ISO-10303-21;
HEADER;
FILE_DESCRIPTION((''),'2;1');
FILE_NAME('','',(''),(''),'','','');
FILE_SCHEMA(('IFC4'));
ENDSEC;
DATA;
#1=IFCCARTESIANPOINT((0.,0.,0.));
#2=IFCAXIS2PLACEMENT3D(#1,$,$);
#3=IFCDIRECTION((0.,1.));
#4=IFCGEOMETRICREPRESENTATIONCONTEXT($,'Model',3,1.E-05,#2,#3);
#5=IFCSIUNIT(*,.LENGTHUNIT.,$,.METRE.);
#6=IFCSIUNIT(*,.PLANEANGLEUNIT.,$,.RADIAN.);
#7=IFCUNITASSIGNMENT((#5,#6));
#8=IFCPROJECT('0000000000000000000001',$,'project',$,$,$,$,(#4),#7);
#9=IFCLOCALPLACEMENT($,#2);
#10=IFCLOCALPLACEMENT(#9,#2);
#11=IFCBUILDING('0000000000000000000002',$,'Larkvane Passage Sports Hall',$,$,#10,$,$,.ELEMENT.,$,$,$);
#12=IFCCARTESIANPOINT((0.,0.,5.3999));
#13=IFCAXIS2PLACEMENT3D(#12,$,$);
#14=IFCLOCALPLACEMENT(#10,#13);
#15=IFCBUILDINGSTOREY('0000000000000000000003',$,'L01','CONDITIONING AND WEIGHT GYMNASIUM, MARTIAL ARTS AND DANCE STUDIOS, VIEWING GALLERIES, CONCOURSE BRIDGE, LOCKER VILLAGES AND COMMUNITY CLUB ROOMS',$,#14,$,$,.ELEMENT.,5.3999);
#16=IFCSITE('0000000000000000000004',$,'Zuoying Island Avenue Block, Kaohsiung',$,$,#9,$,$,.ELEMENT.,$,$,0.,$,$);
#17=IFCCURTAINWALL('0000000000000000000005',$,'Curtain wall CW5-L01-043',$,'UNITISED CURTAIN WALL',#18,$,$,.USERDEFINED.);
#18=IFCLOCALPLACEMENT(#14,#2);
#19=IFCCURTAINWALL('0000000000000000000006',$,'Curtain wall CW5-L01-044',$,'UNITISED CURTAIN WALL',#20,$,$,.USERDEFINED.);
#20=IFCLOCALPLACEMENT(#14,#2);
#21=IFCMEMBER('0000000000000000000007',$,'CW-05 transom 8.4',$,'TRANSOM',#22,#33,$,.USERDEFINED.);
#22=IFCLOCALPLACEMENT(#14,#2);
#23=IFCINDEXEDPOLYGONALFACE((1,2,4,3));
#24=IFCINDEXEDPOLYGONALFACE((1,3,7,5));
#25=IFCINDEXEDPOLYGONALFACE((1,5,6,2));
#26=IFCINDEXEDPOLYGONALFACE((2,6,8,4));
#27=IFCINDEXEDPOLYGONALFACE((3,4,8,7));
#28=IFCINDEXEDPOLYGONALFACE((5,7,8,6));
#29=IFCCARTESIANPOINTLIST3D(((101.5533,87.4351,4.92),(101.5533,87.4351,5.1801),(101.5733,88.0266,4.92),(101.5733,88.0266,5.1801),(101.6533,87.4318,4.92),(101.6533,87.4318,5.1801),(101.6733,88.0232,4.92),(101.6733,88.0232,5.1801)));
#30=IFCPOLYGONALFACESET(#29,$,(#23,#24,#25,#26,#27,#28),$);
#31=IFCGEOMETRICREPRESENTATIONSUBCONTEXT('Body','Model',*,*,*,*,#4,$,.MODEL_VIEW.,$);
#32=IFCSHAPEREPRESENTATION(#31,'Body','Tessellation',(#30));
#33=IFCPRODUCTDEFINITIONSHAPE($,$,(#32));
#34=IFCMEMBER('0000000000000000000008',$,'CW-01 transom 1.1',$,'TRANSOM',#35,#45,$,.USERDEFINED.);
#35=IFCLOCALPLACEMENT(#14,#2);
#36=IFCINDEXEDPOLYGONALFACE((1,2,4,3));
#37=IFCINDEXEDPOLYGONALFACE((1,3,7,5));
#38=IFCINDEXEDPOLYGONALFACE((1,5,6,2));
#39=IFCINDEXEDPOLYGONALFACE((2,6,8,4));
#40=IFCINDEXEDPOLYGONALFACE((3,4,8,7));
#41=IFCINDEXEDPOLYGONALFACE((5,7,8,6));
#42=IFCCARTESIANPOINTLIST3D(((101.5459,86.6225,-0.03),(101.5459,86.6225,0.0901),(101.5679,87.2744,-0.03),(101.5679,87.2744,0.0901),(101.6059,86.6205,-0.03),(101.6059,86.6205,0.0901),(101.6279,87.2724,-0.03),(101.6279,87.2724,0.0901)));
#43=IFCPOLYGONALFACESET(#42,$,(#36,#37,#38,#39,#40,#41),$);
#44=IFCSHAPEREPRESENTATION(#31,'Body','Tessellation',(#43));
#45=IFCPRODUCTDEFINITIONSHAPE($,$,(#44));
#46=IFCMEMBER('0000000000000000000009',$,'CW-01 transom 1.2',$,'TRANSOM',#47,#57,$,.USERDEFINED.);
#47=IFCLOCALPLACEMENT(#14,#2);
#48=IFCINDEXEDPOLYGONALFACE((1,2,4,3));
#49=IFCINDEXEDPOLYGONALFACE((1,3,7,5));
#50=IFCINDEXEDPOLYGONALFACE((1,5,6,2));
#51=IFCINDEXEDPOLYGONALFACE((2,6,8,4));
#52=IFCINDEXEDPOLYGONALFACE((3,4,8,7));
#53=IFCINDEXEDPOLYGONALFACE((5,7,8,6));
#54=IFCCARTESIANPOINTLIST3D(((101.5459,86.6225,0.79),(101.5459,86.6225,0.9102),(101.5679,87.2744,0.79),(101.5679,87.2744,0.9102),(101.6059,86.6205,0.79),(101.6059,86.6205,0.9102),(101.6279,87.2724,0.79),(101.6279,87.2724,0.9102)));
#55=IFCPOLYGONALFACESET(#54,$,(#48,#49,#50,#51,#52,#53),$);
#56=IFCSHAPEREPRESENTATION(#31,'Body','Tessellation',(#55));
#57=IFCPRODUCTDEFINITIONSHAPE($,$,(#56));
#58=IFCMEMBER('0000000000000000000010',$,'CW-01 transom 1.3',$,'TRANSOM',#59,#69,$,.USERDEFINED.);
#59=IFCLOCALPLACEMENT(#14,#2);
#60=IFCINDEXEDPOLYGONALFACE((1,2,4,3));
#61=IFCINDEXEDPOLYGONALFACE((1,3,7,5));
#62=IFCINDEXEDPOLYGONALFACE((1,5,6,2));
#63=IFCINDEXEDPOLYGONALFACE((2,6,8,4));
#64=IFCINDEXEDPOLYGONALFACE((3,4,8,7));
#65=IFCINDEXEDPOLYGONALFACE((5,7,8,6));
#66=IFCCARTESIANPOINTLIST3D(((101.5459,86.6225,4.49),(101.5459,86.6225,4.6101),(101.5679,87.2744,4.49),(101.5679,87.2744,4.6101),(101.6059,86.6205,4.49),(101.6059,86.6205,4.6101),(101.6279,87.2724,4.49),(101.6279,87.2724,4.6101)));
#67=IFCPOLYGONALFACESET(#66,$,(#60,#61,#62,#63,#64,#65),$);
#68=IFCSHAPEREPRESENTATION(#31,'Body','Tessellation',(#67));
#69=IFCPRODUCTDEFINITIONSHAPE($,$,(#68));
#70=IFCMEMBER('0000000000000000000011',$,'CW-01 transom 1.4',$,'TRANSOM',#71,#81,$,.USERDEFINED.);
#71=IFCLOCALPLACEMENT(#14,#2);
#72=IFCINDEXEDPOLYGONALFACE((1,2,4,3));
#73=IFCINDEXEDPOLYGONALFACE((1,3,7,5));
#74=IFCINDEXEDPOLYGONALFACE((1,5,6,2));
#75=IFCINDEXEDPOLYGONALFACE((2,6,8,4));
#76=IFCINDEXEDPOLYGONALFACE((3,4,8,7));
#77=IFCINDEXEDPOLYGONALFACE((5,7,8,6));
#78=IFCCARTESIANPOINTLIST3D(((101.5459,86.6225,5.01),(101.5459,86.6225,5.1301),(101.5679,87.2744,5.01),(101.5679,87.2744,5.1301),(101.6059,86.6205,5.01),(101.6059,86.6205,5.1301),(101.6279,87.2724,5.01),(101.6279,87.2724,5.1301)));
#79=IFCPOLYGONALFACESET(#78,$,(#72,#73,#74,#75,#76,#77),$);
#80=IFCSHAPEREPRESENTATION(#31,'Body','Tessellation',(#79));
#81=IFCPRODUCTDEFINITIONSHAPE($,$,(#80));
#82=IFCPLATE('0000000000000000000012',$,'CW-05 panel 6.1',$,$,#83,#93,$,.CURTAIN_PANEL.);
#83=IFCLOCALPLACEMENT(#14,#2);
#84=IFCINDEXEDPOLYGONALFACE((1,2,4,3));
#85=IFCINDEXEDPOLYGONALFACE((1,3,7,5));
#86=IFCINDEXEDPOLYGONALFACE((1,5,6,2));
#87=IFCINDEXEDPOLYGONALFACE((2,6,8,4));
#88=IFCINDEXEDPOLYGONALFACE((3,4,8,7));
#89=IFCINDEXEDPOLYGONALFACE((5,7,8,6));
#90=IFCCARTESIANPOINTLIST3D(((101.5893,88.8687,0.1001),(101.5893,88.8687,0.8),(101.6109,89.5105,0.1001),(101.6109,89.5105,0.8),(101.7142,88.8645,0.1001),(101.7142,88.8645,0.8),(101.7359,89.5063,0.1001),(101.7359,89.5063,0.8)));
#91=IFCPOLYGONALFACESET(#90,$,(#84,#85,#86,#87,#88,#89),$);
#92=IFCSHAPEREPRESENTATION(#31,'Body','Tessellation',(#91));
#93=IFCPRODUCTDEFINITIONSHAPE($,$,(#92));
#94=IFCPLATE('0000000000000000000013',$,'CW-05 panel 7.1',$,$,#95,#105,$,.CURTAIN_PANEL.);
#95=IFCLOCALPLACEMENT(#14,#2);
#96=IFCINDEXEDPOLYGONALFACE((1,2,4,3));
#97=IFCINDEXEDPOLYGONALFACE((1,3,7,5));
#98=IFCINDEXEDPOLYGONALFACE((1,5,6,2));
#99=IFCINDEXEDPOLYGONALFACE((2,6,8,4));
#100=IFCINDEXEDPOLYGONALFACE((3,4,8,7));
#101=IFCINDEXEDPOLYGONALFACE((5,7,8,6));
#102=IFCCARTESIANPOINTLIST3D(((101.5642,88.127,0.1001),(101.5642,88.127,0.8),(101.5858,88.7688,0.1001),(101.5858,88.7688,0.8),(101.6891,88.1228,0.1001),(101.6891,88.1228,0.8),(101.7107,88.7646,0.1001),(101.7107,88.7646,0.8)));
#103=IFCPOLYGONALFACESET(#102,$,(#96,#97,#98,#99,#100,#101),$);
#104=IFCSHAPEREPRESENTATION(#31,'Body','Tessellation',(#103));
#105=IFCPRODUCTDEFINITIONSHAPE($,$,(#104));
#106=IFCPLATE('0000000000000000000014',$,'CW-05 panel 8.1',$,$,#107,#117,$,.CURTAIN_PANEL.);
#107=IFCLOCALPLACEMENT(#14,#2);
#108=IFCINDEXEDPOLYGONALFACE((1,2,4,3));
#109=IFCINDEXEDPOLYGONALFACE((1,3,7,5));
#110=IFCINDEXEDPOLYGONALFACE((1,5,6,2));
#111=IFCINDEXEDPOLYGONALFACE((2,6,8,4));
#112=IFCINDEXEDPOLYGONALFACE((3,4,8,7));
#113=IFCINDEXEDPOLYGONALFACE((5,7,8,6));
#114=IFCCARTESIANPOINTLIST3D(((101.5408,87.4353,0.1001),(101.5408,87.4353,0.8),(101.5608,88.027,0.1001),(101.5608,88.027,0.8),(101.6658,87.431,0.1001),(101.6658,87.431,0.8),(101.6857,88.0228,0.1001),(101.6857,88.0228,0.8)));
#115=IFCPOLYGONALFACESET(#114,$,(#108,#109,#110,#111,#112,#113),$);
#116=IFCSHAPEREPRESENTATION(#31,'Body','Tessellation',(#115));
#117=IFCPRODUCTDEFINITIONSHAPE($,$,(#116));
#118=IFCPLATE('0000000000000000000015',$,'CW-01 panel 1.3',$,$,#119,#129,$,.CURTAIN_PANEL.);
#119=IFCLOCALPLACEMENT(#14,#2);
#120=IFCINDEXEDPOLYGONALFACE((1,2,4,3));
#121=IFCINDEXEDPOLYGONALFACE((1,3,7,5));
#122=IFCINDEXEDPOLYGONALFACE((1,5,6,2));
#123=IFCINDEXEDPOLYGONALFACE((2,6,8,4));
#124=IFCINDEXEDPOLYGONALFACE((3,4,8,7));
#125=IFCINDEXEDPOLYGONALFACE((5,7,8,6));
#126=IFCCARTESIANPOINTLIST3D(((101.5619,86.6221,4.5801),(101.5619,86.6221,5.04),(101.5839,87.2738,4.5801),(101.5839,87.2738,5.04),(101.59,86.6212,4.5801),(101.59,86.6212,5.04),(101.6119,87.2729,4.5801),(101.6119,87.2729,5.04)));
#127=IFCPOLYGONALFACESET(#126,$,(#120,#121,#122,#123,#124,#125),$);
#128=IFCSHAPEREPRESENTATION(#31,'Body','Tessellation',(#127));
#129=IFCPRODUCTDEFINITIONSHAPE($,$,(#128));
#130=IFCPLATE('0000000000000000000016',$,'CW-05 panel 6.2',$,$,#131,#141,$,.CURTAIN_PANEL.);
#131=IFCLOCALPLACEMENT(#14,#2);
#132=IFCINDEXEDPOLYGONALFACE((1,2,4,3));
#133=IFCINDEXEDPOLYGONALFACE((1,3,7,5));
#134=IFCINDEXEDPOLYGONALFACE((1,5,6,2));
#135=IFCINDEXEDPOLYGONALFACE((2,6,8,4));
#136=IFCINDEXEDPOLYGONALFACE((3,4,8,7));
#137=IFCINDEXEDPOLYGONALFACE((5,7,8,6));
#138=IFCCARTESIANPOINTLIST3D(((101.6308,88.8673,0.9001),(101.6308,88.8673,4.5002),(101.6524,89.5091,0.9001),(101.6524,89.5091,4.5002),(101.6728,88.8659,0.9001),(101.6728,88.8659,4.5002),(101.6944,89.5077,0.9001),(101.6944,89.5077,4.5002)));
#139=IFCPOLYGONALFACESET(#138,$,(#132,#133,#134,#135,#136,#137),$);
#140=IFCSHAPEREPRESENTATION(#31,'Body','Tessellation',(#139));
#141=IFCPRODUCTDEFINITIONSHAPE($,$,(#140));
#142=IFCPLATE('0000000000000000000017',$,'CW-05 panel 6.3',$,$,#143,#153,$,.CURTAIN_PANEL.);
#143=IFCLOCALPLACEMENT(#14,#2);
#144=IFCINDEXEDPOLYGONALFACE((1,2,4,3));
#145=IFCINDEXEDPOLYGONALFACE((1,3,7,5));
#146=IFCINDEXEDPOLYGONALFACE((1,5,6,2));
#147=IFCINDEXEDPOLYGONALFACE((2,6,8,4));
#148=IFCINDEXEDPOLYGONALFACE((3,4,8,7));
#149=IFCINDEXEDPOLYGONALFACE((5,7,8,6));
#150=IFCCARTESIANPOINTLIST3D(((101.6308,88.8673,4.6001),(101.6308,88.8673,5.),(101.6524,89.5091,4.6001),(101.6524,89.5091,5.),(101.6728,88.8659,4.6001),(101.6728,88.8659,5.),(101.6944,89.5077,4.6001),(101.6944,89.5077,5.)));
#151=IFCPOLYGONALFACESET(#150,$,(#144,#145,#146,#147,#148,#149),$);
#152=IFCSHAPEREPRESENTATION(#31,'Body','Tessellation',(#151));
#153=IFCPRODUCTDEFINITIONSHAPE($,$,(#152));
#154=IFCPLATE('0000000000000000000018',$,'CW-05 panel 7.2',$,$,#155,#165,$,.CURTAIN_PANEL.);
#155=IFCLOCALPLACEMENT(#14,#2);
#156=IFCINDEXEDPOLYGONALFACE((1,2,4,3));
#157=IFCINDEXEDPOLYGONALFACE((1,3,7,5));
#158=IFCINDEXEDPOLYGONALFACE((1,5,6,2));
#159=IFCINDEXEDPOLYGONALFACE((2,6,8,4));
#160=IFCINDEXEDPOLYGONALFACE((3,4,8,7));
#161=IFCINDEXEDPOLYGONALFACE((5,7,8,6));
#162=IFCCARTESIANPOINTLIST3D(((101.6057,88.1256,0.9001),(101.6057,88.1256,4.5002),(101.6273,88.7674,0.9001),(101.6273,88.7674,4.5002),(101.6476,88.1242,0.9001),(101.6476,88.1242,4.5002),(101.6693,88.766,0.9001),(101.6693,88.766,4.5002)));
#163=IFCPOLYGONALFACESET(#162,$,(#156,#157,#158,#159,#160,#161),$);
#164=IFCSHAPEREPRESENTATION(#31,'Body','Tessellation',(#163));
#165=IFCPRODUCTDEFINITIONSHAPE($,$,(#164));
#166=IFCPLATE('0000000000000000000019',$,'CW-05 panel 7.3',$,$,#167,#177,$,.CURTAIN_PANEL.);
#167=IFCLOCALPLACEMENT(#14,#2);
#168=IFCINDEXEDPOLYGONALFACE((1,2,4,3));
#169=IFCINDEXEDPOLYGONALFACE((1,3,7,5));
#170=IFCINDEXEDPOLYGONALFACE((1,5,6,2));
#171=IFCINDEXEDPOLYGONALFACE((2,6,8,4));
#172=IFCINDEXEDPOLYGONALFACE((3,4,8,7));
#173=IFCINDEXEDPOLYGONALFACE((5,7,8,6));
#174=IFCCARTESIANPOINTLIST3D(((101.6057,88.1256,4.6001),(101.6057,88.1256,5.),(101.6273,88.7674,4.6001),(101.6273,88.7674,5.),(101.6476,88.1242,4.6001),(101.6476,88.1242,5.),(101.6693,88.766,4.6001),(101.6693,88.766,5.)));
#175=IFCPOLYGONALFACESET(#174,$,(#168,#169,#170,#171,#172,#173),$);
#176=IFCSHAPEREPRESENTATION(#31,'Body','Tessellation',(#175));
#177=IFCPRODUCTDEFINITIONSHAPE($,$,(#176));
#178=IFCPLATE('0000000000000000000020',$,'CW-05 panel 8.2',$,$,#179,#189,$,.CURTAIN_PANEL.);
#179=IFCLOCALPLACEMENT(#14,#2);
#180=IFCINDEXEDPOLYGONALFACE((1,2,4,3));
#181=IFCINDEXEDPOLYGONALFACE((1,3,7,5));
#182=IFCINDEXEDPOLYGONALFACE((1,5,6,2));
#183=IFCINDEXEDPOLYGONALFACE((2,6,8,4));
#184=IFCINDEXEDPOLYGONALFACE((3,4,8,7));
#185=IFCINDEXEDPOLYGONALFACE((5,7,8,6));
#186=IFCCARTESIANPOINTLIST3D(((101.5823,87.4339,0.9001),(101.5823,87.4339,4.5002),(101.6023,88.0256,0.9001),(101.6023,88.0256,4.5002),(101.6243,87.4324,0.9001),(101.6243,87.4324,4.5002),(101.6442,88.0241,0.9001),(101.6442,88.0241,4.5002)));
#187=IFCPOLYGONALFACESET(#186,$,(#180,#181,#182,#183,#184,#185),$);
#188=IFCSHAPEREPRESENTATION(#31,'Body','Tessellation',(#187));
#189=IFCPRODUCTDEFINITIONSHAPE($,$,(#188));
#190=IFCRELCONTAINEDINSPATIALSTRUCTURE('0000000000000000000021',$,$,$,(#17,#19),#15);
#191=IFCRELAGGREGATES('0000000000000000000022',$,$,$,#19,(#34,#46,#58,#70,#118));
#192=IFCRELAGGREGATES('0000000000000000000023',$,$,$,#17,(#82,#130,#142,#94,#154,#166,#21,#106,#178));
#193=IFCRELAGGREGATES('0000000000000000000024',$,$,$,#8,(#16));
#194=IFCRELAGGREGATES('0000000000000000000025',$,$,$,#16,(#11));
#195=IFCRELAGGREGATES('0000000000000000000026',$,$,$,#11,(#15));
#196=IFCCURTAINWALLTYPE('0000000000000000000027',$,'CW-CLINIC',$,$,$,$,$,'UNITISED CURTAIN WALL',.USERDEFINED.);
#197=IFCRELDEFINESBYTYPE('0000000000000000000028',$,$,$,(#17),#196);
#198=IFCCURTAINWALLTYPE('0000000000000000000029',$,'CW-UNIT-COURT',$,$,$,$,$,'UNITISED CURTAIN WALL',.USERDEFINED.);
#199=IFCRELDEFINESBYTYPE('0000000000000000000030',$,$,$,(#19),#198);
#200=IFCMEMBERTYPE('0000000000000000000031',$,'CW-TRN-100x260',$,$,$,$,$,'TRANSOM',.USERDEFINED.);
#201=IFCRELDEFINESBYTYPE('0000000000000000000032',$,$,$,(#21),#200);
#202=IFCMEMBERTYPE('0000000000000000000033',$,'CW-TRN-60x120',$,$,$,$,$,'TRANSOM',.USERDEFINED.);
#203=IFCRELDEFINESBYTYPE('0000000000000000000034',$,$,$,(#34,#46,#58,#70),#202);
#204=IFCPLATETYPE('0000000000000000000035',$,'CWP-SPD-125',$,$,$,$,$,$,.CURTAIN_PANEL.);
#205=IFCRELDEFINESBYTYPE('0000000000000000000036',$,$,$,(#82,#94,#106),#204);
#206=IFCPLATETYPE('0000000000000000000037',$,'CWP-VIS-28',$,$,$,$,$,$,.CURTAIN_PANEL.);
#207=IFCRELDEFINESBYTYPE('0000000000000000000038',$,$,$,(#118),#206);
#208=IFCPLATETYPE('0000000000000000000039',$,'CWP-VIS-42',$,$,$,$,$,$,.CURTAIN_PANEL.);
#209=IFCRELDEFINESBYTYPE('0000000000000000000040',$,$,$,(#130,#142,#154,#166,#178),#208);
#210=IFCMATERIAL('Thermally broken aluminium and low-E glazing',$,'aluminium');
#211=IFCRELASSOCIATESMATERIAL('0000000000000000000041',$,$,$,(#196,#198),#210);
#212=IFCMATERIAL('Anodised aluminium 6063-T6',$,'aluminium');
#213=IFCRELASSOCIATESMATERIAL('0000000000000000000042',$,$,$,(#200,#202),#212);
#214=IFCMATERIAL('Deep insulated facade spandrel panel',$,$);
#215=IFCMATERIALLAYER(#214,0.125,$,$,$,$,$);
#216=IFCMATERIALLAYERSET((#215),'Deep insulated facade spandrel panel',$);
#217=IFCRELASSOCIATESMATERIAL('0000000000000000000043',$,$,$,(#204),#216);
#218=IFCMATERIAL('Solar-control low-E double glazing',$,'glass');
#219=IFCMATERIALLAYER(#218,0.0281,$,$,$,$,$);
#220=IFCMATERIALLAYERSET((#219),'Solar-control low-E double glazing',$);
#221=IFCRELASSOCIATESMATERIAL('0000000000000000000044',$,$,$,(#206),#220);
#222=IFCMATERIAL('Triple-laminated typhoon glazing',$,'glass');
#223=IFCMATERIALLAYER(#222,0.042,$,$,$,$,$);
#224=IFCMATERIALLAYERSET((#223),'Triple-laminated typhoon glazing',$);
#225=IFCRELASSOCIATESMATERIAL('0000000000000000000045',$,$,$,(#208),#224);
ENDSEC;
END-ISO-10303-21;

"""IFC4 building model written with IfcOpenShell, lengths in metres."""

from ifc_helpers import new_model, si_unit, direction, frame, origin, origin_2d, place, context, subcontext, project, spatial, rectangle, extrude, material, layer, layer_set, material_profile, profile_set, type_object, element, aggregate, save


model = new_model("IFC4")

# Units and contexts
model_context = context("Model", 3, precision=1e-05, world=origin(), true_north=direction((0.0, 1.0)))
body_context = subcontext(model_context, "Body", "Model", "MODEL_VIEW")
ifc_project = project(units=[si_unit("LENGTHUNIT", "METRE"), si_unit("PLANEANGLEUNIT", "RADIAN")], contexts=[model_context])

# Site, building, storey
site_placement = place(None, origin())
site = spatial("IfcSite", under=ifc_project, at=site_placement, Name="Zuoying Island Avenue Block, Kaohsiung", CompositionType="ELEMENT", RefElevation=0.0)
building_placement = place(site_placement, origin())
building = spatial("IfcBuilding", under=site, at=building_placement, Name="Larkvane Passage Sports Hall", CompositionType="ELEMENT")
storey_placement = place(building_placement, frame((0.0, 0.0, 5.3999)))
storey = spatial("IfcBuildingStorey", under=building, at=storey_placement, Name="L01", Description="CONDITIONING AND WEIGHT GYMNASIUM, MARTIAL ARTS AND DANCE STUDIOS, VIEWING GALLERIES, CONCOURSE BRIDGE, LOCKER VILLAGES AND COMMUNITY CLUB ROOMS", CompositionType="ELEMENT", Elevation=5.3999)

# Curtain wall
ifc_material_1 = material(Name="Thermally broken aluminium and low-E glazing", Category="aluminium")
curtain_wall_type_1 = type_object("IfcCurtainWallType", Name="CW-CLINIC", ElementType="UNITISED CURTAIN WALL", PredefinedType="USERDEFINED", material=ifc_material_1)
curtain_wall_1_placement = place(storey_placement, origin())
curtain_wall_1 = element("IfcCurtainWall", 1, at=curtain_wall_1_placement, inside=storey, type_object=curtain_wall_type_1, Name="Curtain wall CW5-L01-043", ObjectType="UNITISED CURTAIN WALL", PredefinedType="USERDEFINED")
ifc_material_2 = material(Name="Anodised aluminium 6063-T6", Category="aluminium")

# Curtain wall
curtain_wall_type_2 = type_object("IfcCurtainWallType", Name="CW-UNIT-COURT", ElementType="UNITISED CURTAIN WALL", PredefinedType="USERDEFINED", material=ifc_material_1)
curtain_wall_2_placement = place(storey_placement, origin())
curtain_wall_2 = element("IfcCurtainWall", 2, at=curtain_wall_2_placement, inside=storey, type_object=curtain_wall_type_2, Name="Curtain wall CW5-L01-044", ObjectType="UNITISED CURTAIN WALL", PredefinedType="USERDEFINED")

# Members
ifc_material_profile_1 = material_profile(ifc_material_2, rectangle(XDim=0.1001, YDim=0.26, at=origin_2d()), Name="ALU-TRN-100x260")
ifc_profile_set_1 = profile_set([ifc_material_profile_1], Name="Anodised aluminium 6063-T6")
member_type_1 = type_object("IfcMemberType", Name="CW-TRN-100x260", ElementType="TRANSOM", PredefinedType="USERDEFINED", material=ifc_profile_set_1)
member_1_placement = place(storey_placement, frame((101.6233, 88.0249, 5.05), z_axis=(-0.033823, -0.999428, 0.0), x_axis=(0.999428, -0.033823, 0.0)))
member_1 = element("IfcMember", 3, at=member_1_placement, type_object=member_type_1, Name="CW-05 transom 8.4", ObjectType="TRANSOM", PredefinedType="USERDEFINED", context=body_context, shape_type="SweptSolid", body=[
    extrude(rectangle(XDim=0.1001, YDim=0.26, at=origin_2d()), origin(), (0.0, 0.0, 1.0), 0.5918),
])
ifc_material_profile_2 = material_profile(ifc_material_2, rectangle(XDim=0.0601, YDim=0.1201, at=origin_2d()), Name="ALU-TRN-60x120")
ifc_profile_set_2 = profile_set([ifc_material_profile_2], Name="Anodised aluminium 6063-T6")
member_type_2 = type_object("IfcMemberType", Name="CW-TRN-60x120", ElementType="TRANSOM", PredefinedType="USERDEFINED", material=ifc_profile_set_2)
member_2_placement = place(storey_placement, frame((101.5979, 87.2734, 0.03), z_axis=(-0.033689, -0.999432, 0.0), x_axis=(0.999432, -0.033689, 0.0)))
member_2 = element("IfcMember", 4, at=member_2_placement, type_object=member_type_2, Name="CW-01 transom 1.1", ObjectType="TRANSOM", PredefinedType="USERDEFINED", context=body_context, shape_type="SweptSolid", body=[
    extrude(rectangle(XDim=0.0601, YDim=0.1201, at=origin_2d()), origin(), (0.0, 0.0, 1.0), 0.6523),
])
member_3_placement = place(storey_placement, frame((101.5979, 87.2734, 0.8501), z_axis=(-0.033689, -0.999432, 0.0), x_axis=(0.999432, -0.033689, 0.0)))
member_3 = element("IfcMember", 5, at=member_3_placement, type_object=member_type_2, Name="CW-01 transom 1.2", ObjectType="TRANSOM", PredefinedType="USERDEFINED", context=body_context, shape_type="SweptSolid", body=[
    extrude(rectangle(XDim=0.0601, YDim=0.1201, at=origin_2d()), origin(), (0.0, 0.0, 1.0), 0.6523),
])
member_4_placement = place(storey_placement, frame((101.5979, 87.2734, 4.55), z_axis=(-0.033689, -0.999432, 0.0), x_axis=(0.999432, -0.033689, 0.0)))
member_4 = element("IfcMember", 6, at=member_4_placement, type_object=member_type_2, Name="CW-01 transom 1.3", ObjectType="TRANSOM", PredefinedType="USERDEFINED", context=body_context, shape_type="SweptSolid", body=[
    extrude(rectangle(XDim=0.0601, YDim=0.1201, at=origin_2d()), origin(), (0.0, 0.0, 1.0), 0.6523),
])
member_5_placement = place(storey_placement, frame((101.5979, 87.2734, 5.0701), z_axis=(-0.033689, -0.999432, 0.0), x_axis=(0.999432, -0.033689, 0.0)))
member_5 = element("IfcMember", 7, at=member_5_placement, type_object=member_type_2, Name="CW-01 transom 1.4", ObjectType="TRANSOM", PredefinedType="USERDEFINED", context=body_context, shape_type="SweptSolid", body=[
    extrude(rectangle(XDim=0.0601, YDim=0.1201, at=origin_2d()), origin(), (0.0, 0.0, 1.0), 0.6523),
])

# Plates
ifc_material_3 = material(Name="Deep insulated facade spandrel panel")
ifc_layer_1 = layer(ifc_material_3, 0.125)
ifc_layer_set_1 = layer_set([ifc_layer_1], Name="Deep insulated facade spandrel panel")
plate_type_1 = type_object("IfcPlateType", Name="CWP-SPD-125", PredefinedType="CURTAIN_PANEL", material=ifc_layer_set_1)
plate_1_placement = place(storey_placement, frame((101.6626, 89.1875, 0.1001), z_axis=(0.0, 0.0, 1.0), x_axis=(-0.033688, -0.999432, 0.0)))
plate_1 = element("IfcPlate", 8, at=plate_1_placement, type_object=plate_type_1, Name="CW-05 panel 6.1", PredefinedType="CURTAIN_PANEL", context=body_context, shape_type="SweptSolid", body=[
    extrude(rectangle(XDim=0.6421, YDim=0.125, at=origin_2d()), origin(), (0.0, 0.0, 1.0), 0.7),
])
plate_2_placement = place(storey_placement, frame((101.6375, 88.4458, 0.1001), z_axis=(0.0, 0.0, 1.0), x_axis=(-0.033688, -0.999432, 0.0)))
plate_2 = element("IfcPlate", 9, at=plate_2_placement, type_object=plate_type_1, Name="CW-05 panel 7.1", PredefinedType="CURTAIN_PANEL", context=body_context, shape_type="SweptSolid", body=[
    extrude(rectangle(XDim=0.6421, YDim=0.125, at=origin_2d()), origin(), (0.0, 0.0, 1.0), 0.7),
])
plate_3_placement = place(storey_placement, frame((101.6133, 87.729, 0.1001), z_axis=(0.0, 0.0, 1.0), x_axis=(-0.033688, -0.999432, 0.0)))
plate_3 = element("IfcPlate", 10, at=plate_3_placement, type_object=plate_type_1, Name="CW-05 panel 8.1", PredefinedType="CURTAIN_PANEL", context=body_context, shape_type="SweptSolid", body=[
    extrude(rectangle(XDim=0.592, YDim=0.125, at=origin_2d()), origin(), (0.0, 0.0, 1.0), 0.7),
])
ifc_material_4 = material(Name="Solar-control low-E double glazing", Category="glass")
ifc_layer_2 = layer(ifc_material_4, 0.0281)
ifc_layer_set_2 = layer_set([ifc_layer_2], Name="Solar-control low-E double glazing")
plate_type_2 = type_object("IfcPlateType", Name="CWP-VIS-28", PredefinedType="CURTAIN_PANEL", material=ifc_layer_set_2)
plate_4_placement = place(storey_placement, frame((101.5869, 86.9475, 4.5801), z_axis=(0.0, 0.0, 1.0), x_axis=(-0.033689, -0.999432, 0.0)))
plate_4 = element("IfcPlate", 11, at=plate_4_placement, type_object=plate_type_2, Name="CW-01 panel 1.3", PredefinedType="CURTAIN_PANEL", context=body_context, shape_type="SweptSolid", body=[
    extrude(rectangle(XDim=0.6521, YDim=0.0281, at=origin_2d()), origin(), (0.0, 0.0, 1.0), 0.46),
])
aggregate(curtain_wall_2, [member_2, member_3, member_4, member_5, plate_4])
ifc_material_5 = material(Name="Triple-laminated typhoon glazing", Category="glass")
ifc_layer_3 = layer(ifc_material_5, 0.042)
ifc_layer_set_3 = layer_set([ifc_layer_3], Name="Triple-laminated typhoon glazing")
plate_type_3 = type_object("IfcPlateType", Name="CWP-VIS-42", PredefinedType="CURTAIN_PANEL", material=ifc_layer_set_3)
plate_5_placement = place(storey_placement, frame((101.6626, 89.1875, 0.9001), z_axis=(0.0, 0.0, 1.0), x_axis=(-0.033688, -0.999432, 0.0)))
plate_5 = element("IfcPlate", 12, at=plate_5_placement, type_object=plate_type_3, Name="CW-05 panel 6.2", PredefinedType="CURTAIN_PANEL", context=body_context, shape_type="SweptSolid", body=[
    extrude(rectangle(XDim=0.6421, YDim=0.042, at=origin_2d()), origin(), (0.0, 0.0, 1.0), 3.6001),
])
plate_6_placement = place(storey_placement, frame((101.6626, 89.1875, 4.6001), z_axis=(0.0, 0.0, 1.0), x_axis=(-0.033688, -0.999432, 0.0)))
plate_6 = element("IfcPlate", 13, at=plate_6_placement, type_object=plate_type_3, Name="CW-05 panel 6.3", PredefinedType="CURTAIN_PANEL", context=body_context, shape_type="SweptSolid", body=[
    extrude(rectangle(XDim=0.6421, YDim=0.042, at=origin_2d()), origin(), (0.0, 0.0, 1.0), 0.3999),
])
plate_7_placement = place(storey_placement, frame((101.6375, 88.4458, 0.9001), z_axis=(0.0, 0.0, 1.0), x_axis=(-0.033688, -0.999432, 0.0)))
plate_7 = element("IfcPlate", 14, at=plate_7_placement, type_object=plate_type_3, Name="CW-05 panel 7.2", PredefinedType="CURTAIN_PANEL", context=body_context, shape_type="SweptSolid", body=[
    extrude(rectangle(XDim=0.6421, YDim=0.042, at=origin_2d()), origin(), (0.0, 0.0, 1.0), 3.6001),
])
plate_8_placement = place(storey_placement, frame((101.6375, 88.4458, 4.6001), z_axis=(0.0, 0.0, 1.0), x_axis=(-0.033688, -0.999432, 0.0)))
plate_8 = element("IfcPlate", 15, at=plate_8_placement, type_object=plate_type_3, Name="CW-05 panel 7.3", PredefinedType="CURTAIN_PANEL", context=body_context, shape_type="SweptSolid", body=[
    extrude(rectangle(XDim=0.6421, YDim=0.042, at=origin_2d()), origin(), (0.0, 0.0, 1.0), 0.3999),
])
plate_9_placement = place(storey_placement, frame((101.6133, 87.729, 0.9001), z_axis=(0.0, 0.0, 1.0), x_axis=(-0.033688, -0.999432, 0.0)))
plate_9 = element("IfcPlate", 16, at=plate_9_placement, type_object=plate_type_3, Name="CW-05 panel 8.2", PredefinedType="CURTAIN_PANEL", context=body_context, shape_type="SweptSolid", body=[
    extrude(rectangle(XDim=0.592, YDim=0.042, at=origin_2d()), origin(), (0.0, 0.0, 1.0), 3.6001),
])
aggregate(curtain_wall_1, [plate_1, plate_5, plate_6, plate_2, plate_7, plate_8, member_1, plate_3, plate_9])

save(model, "model.ifc")
